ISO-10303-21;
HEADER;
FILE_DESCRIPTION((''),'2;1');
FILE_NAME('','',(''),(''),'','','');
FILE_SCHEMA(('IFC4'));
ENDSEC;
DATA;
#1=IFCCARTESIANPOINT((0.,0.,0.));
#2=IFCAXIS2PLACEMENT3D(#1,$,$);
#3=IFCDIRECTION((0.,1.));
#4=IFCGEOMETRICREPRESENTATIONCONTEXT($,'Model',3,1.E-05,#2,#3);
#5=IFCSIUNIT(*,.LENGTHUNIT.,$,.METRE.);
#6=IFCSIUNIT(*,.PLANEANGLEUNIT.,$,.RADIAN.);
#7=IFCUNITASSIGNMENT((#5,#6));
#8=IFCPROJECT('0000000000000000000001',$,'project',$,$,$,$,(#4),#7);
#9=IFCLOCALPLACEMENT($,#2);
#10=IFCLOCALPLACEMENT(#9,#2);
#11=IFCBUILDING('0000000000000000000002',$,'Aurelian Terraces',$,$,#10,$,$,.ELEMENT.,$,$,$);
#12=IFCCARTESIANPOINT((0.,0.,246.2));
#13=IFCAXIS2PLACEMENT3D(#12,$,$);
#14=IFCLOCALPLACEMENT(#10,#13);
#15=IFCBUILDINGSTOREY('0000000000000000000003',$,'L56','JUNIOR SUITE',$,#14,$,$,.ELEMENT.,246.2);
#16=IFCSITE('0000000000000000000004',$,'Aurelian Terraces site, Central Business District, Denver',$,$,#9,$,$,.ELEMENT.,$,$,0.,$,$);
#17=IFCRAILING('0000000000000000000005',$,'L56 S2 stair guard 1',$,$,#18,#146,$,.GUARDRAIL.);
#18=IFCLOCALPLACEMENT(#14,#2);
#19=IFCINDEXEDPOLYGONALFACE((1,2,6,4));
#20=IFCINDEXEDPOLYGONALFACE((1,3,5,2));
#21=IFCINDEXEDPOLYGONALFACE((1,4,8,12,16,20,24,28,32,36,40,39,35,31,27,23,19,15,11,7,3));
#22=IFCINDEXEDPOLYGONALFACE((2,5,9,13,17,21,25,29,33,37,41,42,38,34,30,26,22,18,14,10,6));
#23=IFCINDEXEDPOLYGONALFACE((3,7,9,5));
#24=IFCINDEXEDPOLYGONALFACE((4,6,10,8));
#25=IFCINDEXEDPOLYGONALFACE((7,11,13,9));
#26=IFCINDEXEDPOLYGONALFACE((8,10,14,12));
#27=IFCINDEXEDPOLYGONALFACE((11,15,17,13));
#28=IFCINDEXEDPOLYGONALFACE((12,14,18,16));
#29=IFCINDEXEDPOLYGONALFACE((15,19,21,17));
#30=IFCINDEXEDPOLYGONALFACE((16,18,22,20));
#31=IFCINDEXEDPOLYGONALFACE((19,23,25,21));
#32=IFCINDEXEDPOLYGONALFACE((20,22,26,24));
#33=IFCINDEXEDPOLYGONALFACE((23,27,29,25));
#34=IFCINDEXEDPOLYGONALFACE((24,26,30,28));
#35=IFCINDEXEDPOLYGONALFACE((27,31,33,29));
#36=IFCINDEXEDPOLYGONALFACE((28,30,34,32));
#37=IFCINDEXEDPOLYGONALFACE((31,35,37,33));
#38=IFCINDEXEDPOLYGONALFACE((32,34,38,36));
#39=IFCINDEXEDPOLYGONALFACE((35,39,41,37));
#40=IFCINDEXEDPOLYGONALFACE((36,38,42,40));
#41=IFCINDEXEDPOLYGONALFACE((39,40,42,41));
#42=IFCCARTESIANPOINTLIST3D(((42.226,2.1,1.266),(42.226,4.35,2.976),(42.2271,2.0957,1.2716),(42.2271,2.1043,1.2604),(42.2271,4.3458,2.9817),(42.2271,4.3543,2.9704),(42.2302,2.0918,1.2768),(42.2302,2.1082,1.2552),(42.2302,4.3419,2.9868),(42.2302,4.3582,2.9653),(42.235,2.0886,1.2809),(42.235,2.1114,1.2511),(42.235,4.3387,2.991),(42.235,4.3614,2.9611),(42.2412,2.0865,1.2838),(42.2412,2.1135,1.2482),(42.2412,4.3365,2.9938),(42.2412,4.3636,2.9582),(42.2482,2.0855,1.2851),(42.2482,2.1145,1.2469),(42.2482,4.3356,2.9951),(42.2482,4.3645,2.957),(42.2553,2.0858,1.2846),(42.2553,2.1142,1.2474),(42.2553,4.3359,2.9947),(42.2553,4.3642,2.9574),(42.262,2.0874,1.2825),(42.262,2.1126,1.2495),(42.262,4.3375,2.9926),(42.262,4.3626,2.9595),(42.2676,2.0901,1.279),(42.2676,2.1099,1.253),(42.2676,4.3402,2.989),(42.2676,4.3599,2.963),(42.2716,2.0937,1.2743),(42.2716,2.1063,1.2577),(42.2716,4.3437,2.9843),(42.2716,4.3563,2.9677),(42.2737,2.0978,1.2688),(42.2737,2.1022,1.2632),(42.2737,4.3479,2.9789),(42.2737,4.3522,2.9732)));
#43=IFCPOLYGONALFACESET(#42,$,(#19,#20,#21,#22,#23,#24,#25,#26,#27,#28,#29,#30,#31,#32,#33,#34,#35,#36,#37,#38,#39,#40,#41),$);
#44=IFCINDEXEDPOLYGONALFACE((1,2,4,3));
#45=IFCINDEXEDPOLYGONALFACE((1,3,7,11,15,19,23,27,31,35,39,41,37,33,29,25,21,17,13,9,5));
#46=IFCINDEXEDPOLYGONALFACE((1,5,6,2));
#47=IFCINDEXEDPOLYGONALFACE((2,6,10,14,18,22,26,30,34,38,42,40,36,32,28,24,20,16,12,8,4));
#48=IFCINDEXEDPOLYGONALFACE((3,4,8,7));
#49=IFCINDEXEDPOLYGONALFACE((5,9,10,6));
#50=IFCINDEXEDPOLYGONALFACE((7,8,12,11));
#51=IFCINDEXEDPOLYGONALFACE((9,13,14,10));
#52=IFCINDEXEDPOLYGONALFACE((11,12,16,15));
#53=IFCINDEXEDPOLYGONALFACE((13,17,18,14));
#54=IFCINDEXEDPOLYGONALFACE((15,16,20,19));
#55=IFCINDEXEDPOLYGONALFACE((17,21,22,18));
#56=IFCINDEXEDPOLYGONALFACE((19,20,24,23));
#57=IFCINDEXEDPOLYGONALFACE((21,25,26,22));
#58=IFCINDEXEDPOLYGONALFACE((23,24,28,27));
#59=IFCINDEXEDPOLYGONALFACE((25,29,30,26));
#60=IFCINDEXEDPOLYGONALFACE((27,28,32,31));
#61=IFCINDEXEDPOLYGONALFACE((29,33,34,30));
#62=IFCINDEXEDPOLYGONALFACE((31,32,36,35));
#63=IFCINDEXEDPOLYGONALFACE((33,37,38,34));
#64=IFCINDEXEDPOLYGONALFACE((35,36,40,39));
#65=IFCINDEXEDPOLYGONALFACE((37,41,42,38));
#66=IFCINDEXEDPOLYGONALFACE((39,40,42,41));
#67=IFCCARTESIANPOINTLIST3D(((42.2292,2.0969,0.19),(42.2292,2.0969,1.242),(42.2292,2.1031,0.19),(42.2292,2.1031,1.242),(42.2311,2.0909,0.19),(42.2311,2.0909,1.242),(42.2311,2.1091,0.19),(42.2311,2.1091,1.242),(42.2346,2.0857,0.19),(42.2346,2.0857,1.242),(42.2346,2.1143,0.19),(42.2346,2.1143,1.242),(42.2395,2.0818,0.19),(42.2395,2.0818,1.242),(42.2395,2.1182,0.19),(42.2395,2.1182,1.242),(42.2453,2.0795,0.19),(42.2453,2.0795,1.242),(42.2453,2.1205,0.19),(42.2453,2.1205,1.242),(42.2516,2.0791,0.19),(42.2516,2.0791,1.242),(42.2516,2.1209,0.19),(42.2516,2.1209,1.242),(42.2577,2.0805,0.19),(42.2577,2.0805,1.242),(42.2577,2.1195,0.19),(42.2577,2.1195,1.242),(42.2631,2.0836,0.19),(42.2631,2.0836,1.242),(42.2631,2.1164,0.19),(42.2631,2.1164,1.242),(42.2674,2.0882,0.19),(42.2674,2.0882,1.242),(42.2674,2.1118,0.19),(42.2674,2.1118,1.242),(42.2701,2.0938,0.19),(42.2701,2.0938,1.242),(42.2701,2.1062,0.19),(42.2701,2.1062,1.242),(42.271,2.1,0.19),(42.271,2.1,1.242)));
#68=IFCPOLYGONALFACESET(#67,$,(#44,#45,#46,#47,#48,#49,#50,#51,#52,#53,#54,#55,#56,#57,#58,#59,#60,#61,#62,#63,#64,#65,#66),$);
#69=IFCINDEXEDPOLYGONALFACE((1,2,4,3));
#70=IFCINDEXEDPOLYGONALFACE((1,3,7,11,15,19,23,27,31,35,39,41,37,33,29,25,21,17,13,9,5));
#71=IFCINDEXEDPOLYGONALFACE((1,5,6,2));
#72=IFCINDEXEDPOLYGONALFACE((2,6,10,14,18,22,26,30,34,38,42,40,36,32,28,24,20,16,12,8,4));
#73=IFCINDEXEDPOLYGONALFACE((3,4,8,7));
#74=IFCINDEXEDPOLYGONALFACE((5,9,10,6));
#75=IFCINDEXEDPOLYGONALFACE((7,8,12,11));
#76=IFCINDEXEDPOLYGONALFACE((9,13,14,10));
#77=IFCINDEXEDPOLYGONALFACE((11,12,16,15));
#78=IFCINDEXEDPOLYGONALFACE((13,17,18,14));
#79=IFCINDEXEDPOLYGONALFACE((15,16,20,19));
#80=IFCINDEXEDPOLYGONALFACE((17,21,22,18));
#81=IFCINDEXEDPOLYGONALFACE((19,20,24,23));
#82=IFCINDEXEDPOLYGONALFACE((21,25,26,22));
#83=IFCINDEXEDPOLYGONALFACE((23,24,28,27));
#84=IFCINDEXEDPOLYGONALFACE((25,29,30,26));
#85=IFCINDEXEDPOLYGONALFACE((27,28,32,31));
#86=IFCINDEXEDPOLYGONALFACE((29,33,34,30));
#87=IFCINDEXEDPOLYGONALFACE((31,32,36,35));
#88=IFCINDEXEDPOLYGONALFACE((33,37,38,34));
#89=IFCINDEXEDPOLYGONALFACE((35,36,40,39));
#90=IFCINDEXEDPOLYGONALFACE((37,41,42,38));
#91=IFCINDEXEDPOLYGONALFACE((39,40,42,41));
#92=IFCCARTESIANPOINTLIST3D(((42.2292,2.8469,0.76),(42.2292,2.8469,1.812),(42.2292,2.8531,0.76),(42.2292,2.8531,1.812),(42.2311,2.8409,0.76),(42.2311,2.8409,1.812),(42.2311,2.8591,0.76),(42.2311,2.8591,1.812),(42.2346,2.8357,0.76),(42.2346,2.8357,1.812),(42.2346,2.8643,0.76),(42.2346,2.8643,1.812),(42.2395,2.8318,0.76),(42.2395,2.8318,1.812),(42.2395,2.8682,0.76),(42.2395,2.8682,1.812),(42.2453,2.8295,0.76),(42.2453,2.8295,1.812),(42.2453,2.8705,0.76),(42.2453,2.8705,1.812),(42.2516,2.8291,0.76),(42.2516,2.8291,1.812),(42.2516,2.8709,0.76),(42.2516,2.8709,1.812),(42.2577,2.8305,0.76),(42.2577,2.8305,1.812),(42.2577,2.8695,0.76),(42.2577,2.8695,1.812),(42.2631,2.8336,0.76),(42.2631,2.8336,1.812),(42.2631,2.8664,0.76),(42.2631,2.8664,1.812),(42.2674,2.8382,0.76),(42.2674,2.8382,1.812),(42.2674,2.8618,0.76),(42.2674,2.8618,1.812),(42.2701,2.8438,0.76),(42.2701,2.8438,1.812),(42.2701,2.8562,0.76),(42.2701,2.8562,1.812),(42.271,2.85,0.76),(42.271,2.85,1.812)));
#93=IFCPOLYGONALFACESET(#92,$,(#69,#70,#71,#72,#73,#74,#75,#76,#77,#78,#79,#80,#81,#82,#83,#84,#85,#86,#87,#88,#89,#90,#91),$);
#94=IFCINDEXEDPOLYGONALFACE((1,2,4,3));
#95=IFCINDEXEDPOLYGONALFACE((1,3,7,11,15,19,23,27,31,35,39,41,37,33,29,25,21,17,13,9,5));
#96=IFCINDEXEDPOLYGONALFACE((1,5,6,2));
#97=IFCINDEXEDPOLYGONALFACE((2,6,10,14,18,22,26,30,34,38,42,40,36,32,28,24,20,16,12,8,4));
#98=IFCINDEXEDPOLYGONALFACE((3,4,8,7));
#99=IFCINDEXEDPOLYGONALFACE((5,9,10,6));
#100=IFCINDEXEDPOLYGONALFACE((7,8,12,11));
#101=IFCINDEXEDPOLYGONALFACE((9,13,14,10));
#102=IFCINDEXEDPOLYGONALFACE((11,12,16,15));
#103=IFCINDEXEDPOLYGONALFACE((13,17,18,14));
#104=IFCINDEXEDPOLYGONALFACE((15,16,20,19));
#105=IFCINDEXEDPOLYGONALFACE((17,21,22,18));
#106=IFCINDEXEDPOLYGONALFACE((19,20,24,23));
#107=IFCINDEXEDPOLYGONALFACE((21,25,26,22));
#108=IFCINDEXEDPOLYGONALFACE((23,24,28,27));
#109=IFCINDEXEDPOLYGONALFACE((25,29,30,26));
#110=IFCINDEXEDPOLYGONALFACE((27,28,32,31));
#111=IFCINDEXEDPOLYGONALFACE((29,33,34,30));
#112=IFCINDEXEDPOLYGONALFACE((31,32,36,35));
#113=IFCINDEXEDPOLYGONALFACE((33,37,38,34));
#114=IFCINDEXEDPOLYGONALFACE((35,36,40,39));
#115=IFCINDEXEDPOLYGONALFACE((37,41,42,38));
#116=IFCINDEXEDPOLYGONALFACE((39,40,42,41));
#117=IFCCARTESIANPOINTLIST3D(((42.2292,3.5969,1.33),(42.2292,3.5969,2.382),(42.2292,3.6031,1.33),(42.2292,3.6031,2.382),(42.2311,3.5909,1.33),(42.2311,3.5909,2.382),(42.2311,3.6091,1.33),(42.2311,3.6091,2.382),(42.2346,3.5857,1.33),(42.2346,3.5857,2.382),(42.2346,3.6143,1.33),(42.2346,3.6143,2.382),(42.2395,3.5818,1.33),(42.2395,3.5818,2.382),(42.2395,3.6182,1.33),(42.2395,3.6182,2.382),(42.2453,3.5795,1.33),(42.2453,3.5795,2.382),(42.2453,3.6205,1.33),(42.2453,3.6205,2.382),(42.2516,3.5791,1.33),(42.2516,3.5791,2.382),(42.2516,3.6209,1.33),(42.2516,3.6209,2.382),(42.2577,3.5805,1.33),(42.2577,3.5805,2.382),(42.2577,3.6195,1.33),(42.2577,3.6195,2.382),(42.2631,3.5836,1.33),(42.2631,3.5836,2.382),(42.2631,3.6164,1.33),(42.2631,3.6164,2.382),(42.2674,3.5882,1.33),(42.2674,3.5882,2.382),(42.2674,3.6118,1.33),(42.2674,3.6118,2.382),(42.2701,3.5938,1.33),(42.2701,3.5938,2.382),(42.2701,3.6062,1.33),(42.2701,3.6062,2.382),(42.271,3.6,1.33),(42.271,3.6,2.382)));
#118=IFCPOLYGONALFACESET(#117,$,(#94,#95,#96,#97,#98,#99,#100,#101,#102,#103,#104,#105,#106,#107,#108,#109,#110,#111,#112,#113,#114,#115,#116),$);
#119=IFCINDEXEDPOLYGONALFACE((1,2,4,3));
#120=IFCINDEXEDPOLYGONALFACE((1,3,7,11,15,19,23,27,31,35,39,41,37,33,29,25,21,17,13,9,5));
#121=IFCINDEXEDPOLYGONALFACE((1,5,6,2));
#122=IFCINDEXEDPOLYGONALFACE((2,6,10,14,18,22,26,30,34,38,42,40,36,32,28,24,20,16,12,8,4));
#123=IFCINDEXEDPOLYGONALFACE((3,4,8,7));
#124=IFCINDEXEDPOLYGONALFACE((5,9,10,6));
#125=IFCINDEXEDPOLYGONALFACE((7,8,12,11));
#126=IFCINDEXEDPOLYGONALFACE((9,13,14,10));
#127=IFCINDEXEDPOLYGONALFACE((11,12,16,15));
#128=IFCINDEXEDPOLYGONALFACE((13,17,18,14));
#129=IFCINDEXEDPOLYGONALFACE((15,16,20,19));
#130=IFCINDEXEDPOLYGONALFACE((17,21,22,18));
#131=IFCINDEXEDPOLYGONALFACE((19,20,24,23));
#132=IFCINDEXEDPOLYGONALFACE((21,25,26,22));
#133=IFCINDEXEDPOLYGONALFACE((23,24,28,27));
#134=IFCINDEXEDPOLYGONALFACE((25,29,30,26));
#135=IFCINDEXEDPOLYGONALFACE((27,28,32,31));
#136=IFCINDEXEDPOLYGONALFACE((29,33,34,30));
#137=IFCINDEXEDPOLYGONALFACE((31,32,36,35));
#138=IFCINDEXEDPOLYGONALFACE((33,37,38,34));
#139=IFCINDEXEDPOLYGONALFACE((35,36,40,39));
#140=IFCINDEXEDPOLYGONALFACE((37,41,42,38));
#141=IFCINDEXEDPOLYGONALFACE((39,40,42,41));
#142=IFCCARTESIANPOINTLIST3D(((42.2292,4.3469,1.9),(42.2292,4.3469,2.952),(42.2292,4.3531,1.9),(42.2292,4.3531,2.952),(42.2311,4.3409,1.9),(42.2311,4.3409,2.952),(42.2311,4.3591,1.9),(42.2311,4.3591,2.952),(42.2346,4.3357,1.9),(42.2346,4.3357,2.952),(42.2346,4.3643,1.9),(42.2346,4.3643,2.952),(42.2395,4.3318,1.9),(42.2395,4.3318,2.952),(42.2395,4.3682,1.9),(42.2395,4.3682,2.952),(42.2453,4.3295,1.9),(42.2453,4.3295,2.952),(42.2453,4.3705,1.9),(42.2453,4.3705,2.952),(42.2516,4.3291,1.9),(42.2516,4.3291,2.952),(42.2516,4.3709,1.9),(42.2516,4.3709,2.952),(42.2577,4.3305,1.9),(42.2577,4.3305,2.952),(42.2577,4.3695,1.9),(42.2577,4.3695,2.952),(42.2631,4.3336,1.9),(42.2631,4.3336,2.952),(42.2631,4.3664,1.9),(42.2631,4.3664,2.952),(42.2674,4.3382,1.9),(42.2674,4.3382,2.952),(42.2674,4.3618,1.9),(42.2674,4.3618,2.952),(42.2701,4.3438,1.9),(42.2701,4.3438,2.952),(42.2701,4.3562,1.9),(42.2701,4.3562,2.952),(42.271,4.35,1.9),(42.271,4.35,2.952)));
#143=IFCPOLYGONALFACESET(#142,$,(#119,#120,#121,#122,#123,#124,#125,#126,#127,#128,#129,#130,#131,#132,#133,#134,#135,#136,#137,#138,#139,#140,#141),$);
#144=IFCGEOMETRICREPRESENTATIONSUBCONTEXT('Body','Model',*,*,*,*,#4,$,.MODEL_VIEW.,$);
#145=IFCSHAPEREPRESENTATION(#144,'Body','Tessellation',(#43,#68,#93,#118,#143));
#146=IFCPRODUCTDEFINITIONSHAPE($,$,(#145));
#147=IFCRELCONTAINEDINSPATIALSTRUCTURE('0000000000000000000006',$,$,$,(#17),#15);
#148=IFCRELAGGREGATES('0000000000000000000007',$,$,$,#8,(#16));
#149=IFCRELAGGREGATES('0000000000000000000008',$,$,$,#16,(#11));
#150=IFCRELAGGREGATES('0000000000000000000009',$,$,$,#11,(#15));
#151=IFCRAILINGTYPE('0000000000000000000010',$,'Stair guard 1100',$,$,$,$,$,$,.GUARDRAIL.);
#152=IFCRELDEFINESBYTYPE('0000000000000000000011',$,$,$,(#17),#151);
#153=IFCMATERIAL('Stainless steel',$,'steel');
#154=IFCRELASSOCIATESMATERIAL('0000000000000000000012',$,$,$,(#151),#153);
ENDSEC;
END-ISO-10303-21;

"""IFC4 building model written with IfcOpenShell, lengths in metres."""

from ifc_helpers import new_model, si_unit, direction, frame, origin, origin_2d, place, context, subcontext, project, spatial, circle, extrude, source, transform, mapped, material, type_object, element, save


model = new_model("IFC4")

# Units and contexts
model_context = context("Model", 3, precision=1e-05, world=origin(), true_north=direction((0.0, 1.0)))
body_context = subcontext(model_context, "Body", "Model", "MODEL_VIEW")
ifc_project = project(units=[si_unit("LENGTHUNIT", "METRE"), si_unit("PLANEANGLEUNIT", "RADIAN")], contexts=[model_context])

# Site, building, storey
site_placement = place(None, origin())
site = spatial("IfcSite", under=ifc_project, at=site_placement, Name="Aurelian Terraces site, Central Business District, Denver", CompositionType="ELEMENT", RefElevation=0.0)
building_placement = place(site_placement, origin())
building = spatial("IfcBuilding", under=site, at=building_placement, Name="Aurelian Terraces", CompositionType="ELEMENT")
storey_placement = place(building_placement, frame((0.0, 0.0, 246.2)))
storey = spatial("IfcBuildingStorey", under=building, at=storey_placement, Name="L56", Description="JUNIOR SUITE", CompositionType="ELEMENT", Elevation=246.2)

# Railing
ifc_material_1 = material(Name="Stainless steel", Category="steel")
railing_type_1 = type_object("IfcRailingType", Name="Stair guard 1100", PredefinedType="GUARDRAIL", material=ifc_material_1)
shared_shape_1 = source(origin(), body_context, "Body", "SweptSolid", [
    extrude(circle(Radius=0.024, at=origin_2d()), frame((0.0, 0.0, 1.076), z_axis=(0.0, 0.796162, 0.605083), x_axis=(-1.0, 0.0, 0.0)), (0.0, 0.0, 1.0), 2.8261),
    extrude(circle(Radius=0.021, at=origin_2d()), origin(), (0.0, 0.0, 1.0), 1.052),
    extrude(circle(Radius=0.021, at=origin_2d()), frame((0.0, 0.75, 0.57)), (0.0, 0.0, 1.0), 1.052),
    extrude(circle(Radius=0.021, at=origin_2d()), frame((0.0, 1.5, 1.14)), (0.0, 0.0, 1.0), 1.052),
    extrude(circle(Radius=0.021, at=origin_2d()), frame((0.0, 2.25, 1.71)), (0.0, 0.0, 1.0), 1.052),
])
railing_1_placement = place(storey_placement, frame((42.25, 2.1, 0.19)))
element("IfcRailing", 1, at=railing_1_placement, inside=storey, type_object=railing_type_1, Name="L56 S2 stair guard 1", PredefinedType="GUARDRAIL", context=body_context, shape_type="MappedRepresentation", body=[
    mapped(shared_shape_1, transform((0.0, 0.0, 0.0), scale=1.0)),
])

save(model, "model.ifc")
